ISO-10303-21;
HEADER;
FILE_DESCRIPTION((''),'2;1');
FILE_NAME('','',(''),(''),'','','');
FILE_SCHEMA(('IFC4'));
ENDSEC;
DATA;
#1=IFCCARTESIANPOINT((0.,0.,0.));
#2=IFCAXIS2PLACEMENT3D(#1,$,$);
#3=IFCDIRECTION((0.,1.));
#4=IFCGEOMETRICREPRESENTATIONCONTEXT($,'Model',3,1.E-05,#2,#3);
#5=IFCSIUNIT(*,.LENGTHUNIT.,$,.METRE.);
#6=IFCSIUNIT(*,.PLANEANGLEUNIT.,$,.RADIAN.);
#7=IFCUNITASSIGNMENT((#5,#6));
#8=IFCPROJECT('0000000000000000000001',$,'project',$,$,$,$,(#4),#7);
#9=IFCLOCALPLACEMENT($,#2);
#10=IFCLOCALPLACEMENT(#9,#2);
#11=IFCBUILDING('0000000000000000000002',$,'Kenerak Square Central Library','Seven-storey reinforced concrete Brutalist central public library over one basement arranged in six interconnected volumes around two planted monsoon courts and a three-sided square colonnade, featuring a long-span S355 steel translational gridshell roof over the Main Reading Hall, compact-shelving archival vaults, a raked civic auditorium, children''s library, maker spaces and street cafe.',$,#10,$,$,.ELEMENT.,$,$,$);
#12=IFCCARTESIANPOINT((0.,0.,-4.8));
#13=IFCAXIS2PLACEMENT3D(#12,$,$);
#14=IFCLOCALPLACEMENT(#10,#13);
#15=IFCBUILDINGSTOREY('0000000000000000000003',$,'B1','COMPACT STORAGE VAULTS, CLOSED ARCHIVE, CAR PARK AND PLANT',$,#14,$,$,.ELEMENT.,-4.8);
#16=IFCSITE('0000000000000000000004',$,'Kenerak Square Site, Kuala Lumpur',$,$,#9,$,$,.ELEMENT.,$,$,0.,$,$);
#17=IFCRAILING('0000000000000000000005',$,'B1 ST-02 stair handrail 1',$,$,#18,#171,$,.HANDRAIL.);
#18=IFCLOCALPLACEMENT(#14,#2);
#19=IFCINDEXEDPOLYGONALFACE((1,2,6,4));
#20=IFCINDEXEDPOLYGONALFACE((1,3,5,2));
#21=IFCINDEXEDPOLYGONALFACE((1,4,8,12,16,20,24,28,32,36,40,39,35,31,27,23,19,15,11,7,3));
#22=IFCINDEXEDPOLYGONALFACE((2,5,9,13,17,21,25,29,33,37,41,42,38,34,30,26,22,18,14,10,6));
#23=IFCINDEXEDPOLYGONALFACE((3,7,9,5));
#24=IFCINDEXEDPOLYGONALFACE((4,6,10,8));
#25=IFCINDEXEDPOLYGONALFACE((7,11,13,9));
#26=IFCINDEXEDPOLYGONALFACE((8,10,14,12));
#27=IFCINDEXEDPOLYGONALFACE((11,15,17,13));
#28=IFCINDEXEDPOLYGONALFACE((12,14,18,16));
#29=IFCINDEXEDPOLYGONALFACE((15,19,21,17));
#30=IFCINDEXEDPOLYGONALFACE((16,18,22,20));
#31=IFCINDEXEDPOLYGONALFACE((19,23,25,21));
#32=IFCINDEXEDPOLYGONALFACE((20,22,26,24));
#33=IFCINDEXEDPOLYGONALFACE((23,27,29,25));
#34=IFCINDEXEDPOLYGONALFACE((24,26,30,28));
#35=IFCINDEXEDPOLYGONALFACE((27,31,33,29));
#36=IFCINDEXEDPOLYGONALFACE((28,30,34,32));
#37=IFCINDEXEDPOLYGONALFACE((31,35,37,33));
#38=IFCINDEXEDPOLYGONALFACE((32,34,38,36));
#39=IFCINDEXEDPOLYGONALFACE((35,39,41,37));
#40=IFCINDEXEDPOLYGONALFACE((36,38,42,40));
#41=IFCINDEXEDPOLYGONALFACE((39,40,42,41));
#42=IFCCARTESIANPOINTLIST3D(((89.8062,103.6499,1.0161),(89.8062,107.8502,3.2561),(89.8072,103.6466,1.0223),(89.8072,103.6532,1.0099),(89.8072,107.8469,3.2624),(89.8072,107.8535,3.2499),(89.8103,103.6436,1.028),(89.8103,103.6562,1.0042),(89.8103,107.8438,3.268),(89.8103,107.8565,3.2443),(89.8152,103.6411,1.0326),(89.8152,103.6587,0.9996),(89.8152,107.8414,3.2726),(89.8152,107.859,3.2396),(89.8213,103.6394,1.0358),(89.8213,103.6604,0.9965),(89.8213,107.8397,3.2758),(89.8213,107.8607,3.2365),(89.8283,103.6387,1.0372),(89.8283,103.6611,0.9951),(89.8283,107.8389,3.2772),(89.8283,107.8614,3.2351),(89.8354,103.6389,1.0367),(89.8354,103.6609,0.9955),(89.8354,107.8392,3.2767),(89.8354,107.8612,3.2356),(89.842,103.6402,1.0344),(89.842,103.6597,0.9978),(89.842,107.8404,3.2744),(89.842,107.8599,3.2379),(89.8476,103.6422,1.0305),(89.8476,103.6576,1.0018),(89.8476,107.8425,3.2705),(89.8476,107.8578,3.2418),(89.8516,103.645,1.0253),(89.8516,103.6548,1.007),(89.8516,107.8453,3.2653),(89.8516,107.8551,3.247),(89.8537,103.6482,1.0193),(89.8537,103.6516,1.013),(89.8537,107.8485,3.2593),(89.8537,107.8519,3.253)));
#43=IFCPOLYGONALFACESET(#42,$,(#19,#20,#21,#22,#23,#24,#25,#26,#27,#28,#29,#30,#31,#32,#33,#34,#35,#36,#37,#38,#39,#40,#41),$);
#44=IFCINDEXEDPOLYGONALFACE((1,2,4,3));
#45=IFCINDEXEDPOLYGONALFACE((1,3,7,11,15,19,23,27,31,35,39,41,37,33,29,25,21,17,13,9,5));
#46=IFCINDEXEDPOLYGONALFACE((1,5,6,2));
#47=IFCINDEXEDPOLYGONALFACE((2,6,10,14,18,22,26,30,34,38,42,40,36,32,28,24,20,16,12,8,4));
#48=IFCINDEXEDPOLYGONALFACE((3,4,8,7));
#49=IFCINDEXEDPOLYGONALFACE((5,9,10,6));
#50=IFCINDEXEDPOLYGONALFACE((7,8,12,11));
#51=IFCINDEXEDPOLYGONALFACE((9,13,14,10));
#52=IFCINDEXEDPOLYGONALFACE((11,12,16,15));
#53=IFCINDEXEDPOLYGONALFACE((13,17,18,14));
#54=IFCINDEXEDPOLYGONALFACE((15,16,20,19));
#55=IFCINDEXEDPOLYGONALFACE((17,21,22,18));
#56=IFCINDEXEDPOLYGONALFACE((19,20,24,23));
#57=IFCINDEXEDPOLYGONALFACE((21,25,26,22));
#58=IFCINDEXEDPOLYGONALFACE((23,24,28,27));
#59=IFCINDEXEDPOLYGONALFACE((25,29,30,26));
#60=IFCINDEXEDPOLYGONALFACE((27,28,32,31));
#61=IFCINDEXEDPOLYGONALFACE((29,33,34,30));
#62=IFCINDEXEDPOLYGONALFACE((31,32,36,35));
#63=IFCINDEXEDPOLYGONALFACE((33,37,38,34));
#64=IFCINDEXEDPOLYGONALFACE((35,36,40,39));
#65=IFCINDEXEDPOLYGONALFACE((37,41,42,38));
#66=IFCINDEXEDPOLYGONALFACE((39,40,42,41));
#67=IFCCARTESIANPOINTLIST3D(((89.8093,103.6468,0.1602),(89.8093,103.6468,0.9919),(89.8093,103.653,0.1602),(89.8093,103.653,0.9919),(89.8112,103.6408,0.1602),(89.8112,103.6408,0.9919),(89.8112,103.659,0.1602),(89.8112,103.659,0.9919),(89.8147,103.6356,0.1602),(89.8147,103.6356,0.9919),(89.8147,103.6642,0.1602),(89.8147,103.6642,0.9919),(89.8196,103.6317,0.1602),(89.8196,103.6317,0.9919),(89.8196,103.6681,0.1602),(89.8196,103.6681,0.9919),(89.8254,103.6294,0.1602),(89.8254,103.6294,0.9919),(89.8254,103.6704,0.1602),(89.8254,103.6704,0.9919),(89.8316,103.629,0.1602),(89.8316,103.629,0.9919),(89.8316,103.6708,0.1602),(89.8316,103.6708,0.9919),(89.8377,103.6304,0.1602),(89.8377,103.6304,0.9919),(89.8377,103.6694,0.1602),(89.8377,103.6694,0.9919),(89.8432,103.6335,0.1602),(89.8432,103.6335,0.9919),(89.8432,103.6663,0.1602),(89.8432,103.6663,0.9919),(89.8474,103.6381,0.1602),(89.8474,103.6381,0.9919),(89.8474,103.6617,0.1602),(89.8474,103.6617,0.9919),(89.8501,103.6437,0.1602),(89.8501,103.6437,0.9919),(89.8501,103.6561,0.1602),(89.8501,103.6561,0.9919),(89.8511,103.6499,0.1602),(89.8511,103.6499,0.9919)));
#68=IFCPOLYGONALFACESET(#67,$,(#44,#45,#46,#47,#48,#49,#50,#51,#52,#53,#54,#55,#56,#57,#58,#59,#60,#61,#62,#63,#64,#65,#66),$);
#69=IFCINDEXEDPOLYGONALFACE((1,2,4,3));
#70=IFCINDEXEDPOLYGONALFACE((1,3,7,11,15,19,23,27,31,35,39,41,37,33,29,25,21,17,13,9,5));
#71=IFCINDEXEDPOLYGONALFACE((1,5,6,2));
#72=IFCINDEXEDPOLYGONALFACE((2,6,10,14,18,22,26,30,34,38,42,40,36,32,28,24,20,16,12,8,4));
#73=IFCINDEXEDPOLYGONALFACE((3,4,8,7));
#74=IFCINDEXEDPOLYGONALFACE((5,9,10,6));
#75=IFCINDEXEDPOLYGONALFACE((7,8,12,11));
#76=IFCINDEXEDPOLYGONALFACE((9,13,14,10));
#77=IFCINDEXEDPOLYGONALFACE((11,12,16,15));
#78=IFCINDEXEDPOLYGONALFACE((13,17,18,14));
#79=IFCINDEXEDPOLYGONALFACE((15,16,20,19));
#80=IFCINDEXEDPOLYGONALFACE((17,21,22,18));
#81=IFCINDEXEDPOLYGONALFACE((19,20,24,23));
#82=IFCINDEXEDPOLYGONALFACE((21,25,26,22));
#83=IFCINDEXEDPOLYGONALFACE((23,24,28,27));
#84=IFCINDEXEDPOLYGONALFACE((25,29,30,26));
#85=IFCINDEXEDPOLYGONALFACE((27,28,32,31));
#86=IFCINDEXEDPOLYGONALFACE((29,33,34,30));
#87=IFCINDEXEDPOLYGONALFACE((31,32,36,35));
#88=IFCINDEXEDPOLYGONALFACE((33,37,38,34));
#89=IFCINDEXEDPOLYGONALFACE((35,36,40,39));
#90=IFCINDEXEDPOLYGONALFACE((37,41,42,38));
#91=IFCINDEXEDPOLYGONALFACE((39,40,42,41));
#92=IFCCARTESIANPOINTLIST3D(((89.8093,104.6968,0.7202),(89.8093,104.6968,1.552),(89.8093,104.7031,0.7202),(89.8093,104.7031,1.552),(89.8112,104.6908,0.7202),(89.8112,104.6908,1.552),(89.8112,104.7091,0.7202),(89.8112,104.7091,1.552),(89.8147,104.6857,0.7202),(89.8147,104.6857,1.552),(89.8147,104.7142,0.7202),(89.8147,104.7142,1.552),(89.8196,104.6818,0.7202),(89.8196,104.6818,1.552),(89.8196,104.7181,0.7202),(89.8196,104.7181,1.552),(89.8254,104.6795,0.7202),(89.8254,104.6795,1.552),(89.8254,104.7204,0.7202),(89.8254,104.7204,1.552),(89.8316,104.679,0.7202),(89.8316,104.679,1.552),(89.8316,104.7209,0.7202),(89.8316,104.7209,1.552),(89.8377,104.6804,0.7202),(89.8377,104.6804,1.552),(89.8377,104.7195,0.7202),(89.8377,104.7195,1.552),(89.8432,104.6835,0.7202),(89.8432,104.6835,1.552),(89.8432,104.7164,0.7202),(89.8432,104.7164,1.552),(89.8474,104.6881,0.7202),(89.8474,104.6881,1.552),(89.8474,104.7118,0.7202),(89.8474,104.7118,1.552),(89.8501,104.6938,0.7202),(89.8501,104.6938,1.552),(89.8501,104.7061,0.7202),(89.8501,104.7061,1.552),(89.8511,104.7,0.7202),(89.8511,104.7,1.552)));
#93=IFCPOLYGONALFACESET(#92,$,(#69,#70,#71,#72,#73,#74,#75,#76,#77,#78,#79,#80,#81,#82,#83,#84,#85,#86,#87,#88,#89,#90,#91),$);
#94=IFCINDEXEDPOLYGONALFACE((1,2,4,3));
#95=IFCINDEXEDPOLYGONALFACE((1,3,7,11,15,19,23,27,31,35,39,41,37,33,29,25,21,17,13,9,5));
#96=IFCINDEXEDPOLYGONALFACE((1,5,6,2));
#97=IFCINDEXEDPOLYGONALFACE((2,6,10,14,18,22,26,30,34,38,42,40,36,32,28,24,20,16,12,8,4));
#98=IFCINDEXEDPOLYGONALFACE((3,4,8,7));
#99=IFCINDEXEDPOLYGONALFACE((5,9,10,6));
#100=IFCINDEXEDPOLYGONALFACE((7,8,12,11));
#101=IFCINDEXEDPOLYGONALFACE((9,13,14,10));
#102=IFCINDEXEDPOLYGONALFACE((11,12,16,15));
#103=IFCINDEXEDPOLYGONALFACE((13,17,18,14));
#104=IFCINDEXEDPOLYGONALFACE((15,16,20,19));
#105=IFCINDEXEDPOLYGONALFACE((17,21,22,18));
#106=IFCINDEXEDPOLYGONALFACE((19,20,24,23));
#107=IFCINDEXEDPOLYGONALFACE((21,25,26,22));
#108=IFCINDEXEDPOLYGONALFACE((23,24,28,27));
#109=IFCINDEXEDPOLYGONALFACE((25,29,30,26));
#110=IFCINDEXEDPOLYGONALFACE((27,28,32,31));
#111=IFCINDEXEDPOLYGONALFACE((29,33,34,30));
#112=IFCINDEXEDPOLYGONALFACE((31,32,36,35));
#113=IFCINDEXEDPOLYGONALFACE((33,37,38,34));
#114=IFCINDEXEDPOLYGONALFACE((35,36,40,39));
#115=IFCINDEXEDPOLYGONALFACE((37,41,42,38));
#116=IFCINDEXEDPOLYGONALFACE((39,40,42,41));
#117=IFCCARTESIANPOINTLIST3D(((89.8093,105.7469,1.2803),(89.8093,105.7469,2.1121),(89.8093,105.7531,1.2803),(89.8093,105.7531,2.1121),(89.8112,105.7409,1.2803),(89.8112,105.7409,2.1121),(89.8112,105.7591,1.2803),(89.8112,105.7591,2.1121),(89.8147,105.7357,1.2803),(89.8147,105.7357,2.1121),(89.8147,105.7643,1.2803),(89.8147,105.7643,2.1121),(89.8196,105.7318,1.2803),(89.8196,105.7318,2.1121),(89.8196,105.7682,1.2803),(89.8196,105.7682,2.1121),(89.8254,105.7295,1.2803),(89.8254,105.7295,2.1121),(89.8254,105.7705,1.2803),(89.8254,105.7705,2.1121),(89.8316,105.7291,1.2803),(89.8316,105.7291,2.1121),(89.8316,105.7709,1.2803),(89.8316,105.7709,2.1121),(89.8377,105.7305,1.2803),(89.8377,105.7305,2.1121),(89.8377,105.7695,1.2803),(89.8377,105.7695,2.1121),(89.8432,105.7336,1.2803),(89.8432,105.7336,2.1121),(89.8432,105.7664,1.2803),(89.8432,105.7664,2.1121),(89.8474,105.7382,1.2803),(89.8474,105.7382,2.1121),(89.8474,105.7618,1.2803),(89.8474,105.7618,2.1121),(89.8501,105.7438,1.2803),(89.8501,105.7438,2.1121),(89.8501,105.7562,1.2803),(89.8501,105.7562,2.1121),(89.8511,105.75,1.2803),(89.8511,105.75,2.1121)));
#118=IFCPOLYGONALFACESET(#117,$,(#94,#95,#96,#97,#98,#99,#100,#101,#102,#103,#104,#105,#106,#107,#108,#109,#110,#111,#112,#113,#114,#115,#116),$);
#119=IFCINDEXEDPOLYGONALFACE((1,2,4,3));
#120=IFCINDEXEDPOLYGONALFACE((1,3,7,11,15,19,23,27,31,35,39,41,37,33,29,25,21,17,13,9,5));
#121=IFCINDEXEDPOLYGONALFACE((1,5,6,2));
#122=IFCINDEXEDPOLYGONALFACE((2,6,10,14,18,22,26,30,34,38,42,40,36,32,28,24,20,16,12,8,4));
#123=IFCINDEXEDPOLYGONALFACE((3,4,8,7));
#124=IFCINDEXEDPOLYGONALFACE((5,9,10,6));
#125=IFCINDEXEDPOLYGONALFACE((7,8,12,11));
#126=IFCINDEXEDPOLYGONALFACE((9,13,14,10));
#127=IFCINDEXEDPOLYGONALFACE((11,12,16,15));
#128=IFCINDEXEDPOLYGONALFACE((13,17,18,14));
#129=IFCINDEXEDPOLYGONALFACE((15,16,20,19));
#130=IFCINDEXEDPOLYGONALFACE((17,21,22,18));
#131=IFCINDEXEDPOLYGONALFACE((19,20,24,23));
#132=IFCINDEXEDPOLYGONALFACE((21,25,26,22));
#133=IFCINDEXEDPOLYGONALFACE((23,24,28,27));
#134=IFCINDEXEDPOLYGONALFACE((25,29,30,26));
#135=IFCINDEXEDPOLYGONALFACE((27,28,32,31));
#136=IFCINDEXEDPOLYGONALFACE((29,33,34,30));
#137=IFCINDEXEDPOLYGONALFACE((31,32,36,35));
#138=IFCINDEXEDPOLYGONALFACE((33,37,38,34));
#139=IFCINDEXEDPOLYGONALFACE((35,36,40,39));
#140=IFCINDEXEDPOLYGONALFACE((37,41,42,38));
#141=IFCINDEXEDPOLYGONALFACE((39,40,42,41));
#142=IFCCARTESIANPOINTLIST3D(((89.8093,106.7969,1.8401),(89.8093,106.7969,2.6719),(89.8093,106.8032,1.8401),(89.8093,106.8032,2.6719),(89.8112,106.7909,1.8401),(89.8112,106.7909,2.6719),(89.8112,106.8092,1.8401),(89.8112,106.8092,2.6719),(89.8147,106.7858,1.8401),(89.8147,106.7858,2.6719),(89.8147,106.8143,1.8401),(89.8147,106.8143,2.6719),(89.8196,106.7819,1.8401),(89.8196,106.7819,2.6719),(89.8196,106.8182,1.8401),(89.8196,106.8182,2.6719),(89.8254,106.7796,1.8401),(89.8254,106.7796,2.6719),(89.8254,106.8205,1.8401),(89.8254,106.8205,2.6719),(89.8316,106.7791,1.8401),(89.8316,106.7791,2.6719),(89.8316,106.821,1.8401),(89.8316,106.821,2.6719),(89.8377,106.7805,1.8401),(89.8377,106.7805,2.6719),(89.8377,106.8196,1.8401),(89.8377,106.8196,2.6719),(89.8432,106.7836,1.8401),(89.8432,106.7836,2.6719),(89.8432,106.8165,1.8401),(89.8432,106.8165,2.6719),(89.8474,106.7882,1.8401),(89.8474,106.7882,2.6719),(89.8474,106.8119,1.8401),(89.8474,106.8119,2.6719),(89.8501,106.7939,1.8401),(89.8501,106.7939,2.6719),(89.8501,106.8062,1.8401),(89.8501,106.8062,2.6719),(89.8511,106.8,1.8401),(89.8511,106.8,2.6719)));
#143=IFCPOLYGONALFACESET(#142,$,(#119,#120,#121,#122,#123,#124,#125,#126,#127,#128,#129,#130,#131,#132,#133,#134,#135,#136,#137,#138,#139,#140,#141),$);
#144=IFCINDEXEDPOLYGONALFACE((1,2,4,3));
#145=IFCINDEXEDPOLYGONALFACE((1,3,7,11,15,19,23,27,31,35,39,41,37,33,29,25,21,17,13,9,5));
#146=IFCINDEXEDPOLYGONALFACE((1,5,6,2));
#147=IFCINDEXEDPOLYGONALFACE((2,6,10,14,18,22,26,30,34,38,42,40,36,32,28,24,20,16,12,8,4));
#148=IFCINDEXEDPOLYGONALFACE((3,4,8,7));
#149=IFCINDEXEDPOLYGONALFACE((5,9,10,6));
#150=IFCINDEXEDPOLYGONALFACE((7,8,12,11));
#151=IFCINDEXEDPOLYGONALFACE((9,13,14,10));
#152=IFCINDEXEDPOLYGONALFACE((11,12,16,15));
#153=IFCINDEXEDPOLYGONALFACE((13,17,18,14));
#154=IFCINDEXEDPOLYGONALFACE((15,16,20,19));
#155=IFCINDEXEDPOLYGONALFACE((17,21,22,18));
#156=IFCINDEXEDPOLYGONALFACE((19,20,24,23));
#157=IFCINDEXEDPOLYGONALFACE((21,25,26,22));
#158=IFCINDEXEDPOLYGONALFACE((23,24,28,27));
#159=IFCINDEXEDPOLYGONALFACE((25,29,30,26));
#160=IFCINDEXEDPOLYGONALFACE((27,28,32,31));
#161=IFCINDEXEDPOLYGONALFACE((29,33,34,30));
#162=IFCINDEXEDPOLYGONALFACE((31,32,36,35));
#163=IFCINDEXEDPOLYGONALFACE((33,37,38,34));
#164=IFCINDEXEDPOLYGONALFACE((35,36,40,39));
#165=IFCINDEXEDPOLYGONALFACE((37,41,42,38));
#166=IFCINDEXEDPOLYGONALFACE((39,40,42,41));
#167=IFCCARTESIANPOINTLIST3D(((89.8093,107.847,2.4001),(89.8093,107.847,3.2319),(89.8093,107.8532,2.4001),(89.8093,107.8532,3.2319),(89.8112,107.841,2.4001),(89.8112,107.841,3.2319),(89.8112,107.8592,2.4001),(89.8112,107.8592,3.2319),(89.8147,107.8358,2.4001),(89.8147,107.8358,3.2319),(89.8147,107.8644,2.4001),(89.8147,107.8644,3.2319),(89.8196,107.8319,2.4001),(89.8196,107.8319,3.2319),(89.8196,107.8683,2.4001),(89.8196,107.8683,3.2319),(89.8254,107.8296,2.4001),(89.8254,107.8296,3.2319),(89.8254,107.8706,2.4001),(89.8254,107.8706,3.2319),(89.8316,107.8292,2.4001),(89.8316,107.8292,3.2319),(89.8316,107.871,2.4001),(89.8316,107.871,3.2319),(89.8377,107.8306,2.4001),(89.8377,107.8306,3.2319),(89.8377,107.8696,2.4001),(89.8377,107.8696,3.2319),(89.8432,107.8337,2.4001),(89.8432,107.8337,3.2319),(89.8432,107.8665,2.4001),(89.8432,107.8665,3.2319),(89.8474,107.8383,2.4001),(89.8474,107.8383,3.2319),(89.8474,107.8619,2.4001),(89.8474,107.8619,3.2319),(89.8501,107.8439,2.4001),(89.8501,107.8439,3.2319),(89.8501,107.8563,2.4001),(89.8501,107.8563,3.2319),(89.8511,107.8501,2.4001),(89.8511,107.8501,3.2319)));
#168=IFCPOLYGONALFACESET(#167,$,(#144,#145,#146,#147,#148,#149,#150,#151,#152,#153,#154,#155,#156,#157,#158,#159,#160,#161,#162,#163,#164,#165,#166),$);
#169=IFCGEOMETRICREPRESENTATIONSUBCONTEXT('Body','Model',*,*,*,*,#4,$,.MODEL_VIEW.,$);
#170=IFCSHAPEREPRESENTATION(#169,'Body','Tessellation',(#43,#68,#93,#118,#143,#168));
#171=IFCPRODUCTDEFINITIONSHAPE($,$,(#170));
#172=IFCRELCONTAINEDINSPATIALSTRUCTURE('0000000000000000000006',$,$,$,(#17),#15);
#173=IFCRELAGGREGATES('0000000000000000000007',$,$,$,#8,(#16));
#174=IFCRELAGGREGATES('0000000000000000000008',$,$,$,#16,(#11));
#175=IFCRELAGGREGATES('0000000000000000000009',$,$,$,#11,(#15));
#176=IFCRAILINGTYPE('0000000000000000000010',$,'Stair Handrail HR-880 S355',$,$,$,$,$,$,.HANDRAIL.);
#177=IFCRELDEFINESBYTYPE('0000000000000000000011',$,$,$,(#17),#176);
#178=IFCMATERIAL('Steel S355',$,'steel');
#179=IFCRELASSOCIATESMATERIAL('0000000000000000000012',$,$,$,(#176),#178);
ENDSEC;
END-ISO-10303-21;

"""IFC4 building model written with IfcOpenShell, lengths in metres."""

from ifc_helpers import new_model, si_unit, direction, frame, origin, origin_2d, place, context, subcontext, project, spatial, circle, extrude, material, type_object, element, save


model = new_model("IFC4")

# Units and contexts
model_context = context("Model", 3, precision=1e-05, world=origin(), true_north=direction((0.0, 1.0)))
body_context = subcontext(model_context, "Body", "Model", "MODEL_VIEW")
ifc_project = project(units=[si_unit("LENGTHUNIT", "METRE"), si_unit("PLANEANGLEUNIT", "RADIAN")], contexts=[model_context])

# Site, building, storey
site_placement = place(None, origin())
site = spatial("IfcSite", under=ifc_project, at=site_placement, Name="Kenerak Square Site, Kuala Lumpur", CompositionType="ELEMENT", RefElevation=0.0)
building_placement = place(site_placement, origin())
building = spatial("IfcBuilding", under=site, at=building_placement, Name="Kenerak Square Central Library", Description="Seven-storey reinforced concrete Brutalist central public library over one basement arranged in six interconnected volumes around two planted monsoon courts and a three-sided square colonnade, featuring a long-span S355 steel translational gridshell roof over the Main Reading Hall, compact-shelving archival vaults, a raked civic auditorium, children's library, maker spaces and street cafe.", CompositionType="ELEMENT")
storey_placement = place(building_placement, frame((0.0, 0.0, -4.8)))
storey = spatial("IfcBuildingStorey", under=building, at=storey_placement, Name="B1", Description="COMPACT STORAGE VAULTS, CLOSED ARCHIVE, CAR PARK AND PLANT", CompositionType="ELEMENT", Elevation=-4.8)

# Shared definitions
ifc_material_1 = material(Name="Steel S355", Category="steel")

# Railing
railing_type_1 = type_object("IfcRailingType", Name="Stair Handrail HR-880 S355", PredefinedType="HANDRAIL", material=ifc_material_1)
railing_1_placement = place(storey_placement, frame((89.8301, 103.6499, 0.1602)))
element("IfcRailing", 1, at=railing_1_placement, inside=storey, type_object=railing_type_1, Name="B1 ST-02 stair handrail 1", PredefinedType="HANDRAIL", context=body_context, shape_type="SweptSolid", body=[
    extrude(circle(Radius=0.0239, at=origin_2d()), frame((0.0, 0.0, 0.856), z_axis=(0.0, 0.882363, 0.47057), x_axis=(-1.0, 0.0, 0.0)), (0.0, 0.0, 1.0), 4.7603),
    extrude(circle(Radius=0.021, at=origin_2d()), origin(), (0.0, 0.0, 1.0), 0.8318),
    extrude(circle(Radius=0.021, at=origin_2d()), frame((0.0, 1.05, 0.5601)), (0.0, 0.0, 1.0), 0.8318),
    extrude(circle(Radius=0.021, at=origin_2d()), frame((0.0, 2.1001, 1.1201)), (0.0, 0.0, 1.0), 0.8318),
    extrude(circle(Radius=0.021, at=origin_2d()), frame((0.0, 3.1501, 1.6799)), (0.0, 0.0, 1.0), 0.8318),
    extrude(circle(Radius=0.021, at=origin_2d()), frame((0.0, 4.2002, 2.24)), (0.0, 0.0, 1.0), 0.8318),
])

save(model, "model.ifc")
